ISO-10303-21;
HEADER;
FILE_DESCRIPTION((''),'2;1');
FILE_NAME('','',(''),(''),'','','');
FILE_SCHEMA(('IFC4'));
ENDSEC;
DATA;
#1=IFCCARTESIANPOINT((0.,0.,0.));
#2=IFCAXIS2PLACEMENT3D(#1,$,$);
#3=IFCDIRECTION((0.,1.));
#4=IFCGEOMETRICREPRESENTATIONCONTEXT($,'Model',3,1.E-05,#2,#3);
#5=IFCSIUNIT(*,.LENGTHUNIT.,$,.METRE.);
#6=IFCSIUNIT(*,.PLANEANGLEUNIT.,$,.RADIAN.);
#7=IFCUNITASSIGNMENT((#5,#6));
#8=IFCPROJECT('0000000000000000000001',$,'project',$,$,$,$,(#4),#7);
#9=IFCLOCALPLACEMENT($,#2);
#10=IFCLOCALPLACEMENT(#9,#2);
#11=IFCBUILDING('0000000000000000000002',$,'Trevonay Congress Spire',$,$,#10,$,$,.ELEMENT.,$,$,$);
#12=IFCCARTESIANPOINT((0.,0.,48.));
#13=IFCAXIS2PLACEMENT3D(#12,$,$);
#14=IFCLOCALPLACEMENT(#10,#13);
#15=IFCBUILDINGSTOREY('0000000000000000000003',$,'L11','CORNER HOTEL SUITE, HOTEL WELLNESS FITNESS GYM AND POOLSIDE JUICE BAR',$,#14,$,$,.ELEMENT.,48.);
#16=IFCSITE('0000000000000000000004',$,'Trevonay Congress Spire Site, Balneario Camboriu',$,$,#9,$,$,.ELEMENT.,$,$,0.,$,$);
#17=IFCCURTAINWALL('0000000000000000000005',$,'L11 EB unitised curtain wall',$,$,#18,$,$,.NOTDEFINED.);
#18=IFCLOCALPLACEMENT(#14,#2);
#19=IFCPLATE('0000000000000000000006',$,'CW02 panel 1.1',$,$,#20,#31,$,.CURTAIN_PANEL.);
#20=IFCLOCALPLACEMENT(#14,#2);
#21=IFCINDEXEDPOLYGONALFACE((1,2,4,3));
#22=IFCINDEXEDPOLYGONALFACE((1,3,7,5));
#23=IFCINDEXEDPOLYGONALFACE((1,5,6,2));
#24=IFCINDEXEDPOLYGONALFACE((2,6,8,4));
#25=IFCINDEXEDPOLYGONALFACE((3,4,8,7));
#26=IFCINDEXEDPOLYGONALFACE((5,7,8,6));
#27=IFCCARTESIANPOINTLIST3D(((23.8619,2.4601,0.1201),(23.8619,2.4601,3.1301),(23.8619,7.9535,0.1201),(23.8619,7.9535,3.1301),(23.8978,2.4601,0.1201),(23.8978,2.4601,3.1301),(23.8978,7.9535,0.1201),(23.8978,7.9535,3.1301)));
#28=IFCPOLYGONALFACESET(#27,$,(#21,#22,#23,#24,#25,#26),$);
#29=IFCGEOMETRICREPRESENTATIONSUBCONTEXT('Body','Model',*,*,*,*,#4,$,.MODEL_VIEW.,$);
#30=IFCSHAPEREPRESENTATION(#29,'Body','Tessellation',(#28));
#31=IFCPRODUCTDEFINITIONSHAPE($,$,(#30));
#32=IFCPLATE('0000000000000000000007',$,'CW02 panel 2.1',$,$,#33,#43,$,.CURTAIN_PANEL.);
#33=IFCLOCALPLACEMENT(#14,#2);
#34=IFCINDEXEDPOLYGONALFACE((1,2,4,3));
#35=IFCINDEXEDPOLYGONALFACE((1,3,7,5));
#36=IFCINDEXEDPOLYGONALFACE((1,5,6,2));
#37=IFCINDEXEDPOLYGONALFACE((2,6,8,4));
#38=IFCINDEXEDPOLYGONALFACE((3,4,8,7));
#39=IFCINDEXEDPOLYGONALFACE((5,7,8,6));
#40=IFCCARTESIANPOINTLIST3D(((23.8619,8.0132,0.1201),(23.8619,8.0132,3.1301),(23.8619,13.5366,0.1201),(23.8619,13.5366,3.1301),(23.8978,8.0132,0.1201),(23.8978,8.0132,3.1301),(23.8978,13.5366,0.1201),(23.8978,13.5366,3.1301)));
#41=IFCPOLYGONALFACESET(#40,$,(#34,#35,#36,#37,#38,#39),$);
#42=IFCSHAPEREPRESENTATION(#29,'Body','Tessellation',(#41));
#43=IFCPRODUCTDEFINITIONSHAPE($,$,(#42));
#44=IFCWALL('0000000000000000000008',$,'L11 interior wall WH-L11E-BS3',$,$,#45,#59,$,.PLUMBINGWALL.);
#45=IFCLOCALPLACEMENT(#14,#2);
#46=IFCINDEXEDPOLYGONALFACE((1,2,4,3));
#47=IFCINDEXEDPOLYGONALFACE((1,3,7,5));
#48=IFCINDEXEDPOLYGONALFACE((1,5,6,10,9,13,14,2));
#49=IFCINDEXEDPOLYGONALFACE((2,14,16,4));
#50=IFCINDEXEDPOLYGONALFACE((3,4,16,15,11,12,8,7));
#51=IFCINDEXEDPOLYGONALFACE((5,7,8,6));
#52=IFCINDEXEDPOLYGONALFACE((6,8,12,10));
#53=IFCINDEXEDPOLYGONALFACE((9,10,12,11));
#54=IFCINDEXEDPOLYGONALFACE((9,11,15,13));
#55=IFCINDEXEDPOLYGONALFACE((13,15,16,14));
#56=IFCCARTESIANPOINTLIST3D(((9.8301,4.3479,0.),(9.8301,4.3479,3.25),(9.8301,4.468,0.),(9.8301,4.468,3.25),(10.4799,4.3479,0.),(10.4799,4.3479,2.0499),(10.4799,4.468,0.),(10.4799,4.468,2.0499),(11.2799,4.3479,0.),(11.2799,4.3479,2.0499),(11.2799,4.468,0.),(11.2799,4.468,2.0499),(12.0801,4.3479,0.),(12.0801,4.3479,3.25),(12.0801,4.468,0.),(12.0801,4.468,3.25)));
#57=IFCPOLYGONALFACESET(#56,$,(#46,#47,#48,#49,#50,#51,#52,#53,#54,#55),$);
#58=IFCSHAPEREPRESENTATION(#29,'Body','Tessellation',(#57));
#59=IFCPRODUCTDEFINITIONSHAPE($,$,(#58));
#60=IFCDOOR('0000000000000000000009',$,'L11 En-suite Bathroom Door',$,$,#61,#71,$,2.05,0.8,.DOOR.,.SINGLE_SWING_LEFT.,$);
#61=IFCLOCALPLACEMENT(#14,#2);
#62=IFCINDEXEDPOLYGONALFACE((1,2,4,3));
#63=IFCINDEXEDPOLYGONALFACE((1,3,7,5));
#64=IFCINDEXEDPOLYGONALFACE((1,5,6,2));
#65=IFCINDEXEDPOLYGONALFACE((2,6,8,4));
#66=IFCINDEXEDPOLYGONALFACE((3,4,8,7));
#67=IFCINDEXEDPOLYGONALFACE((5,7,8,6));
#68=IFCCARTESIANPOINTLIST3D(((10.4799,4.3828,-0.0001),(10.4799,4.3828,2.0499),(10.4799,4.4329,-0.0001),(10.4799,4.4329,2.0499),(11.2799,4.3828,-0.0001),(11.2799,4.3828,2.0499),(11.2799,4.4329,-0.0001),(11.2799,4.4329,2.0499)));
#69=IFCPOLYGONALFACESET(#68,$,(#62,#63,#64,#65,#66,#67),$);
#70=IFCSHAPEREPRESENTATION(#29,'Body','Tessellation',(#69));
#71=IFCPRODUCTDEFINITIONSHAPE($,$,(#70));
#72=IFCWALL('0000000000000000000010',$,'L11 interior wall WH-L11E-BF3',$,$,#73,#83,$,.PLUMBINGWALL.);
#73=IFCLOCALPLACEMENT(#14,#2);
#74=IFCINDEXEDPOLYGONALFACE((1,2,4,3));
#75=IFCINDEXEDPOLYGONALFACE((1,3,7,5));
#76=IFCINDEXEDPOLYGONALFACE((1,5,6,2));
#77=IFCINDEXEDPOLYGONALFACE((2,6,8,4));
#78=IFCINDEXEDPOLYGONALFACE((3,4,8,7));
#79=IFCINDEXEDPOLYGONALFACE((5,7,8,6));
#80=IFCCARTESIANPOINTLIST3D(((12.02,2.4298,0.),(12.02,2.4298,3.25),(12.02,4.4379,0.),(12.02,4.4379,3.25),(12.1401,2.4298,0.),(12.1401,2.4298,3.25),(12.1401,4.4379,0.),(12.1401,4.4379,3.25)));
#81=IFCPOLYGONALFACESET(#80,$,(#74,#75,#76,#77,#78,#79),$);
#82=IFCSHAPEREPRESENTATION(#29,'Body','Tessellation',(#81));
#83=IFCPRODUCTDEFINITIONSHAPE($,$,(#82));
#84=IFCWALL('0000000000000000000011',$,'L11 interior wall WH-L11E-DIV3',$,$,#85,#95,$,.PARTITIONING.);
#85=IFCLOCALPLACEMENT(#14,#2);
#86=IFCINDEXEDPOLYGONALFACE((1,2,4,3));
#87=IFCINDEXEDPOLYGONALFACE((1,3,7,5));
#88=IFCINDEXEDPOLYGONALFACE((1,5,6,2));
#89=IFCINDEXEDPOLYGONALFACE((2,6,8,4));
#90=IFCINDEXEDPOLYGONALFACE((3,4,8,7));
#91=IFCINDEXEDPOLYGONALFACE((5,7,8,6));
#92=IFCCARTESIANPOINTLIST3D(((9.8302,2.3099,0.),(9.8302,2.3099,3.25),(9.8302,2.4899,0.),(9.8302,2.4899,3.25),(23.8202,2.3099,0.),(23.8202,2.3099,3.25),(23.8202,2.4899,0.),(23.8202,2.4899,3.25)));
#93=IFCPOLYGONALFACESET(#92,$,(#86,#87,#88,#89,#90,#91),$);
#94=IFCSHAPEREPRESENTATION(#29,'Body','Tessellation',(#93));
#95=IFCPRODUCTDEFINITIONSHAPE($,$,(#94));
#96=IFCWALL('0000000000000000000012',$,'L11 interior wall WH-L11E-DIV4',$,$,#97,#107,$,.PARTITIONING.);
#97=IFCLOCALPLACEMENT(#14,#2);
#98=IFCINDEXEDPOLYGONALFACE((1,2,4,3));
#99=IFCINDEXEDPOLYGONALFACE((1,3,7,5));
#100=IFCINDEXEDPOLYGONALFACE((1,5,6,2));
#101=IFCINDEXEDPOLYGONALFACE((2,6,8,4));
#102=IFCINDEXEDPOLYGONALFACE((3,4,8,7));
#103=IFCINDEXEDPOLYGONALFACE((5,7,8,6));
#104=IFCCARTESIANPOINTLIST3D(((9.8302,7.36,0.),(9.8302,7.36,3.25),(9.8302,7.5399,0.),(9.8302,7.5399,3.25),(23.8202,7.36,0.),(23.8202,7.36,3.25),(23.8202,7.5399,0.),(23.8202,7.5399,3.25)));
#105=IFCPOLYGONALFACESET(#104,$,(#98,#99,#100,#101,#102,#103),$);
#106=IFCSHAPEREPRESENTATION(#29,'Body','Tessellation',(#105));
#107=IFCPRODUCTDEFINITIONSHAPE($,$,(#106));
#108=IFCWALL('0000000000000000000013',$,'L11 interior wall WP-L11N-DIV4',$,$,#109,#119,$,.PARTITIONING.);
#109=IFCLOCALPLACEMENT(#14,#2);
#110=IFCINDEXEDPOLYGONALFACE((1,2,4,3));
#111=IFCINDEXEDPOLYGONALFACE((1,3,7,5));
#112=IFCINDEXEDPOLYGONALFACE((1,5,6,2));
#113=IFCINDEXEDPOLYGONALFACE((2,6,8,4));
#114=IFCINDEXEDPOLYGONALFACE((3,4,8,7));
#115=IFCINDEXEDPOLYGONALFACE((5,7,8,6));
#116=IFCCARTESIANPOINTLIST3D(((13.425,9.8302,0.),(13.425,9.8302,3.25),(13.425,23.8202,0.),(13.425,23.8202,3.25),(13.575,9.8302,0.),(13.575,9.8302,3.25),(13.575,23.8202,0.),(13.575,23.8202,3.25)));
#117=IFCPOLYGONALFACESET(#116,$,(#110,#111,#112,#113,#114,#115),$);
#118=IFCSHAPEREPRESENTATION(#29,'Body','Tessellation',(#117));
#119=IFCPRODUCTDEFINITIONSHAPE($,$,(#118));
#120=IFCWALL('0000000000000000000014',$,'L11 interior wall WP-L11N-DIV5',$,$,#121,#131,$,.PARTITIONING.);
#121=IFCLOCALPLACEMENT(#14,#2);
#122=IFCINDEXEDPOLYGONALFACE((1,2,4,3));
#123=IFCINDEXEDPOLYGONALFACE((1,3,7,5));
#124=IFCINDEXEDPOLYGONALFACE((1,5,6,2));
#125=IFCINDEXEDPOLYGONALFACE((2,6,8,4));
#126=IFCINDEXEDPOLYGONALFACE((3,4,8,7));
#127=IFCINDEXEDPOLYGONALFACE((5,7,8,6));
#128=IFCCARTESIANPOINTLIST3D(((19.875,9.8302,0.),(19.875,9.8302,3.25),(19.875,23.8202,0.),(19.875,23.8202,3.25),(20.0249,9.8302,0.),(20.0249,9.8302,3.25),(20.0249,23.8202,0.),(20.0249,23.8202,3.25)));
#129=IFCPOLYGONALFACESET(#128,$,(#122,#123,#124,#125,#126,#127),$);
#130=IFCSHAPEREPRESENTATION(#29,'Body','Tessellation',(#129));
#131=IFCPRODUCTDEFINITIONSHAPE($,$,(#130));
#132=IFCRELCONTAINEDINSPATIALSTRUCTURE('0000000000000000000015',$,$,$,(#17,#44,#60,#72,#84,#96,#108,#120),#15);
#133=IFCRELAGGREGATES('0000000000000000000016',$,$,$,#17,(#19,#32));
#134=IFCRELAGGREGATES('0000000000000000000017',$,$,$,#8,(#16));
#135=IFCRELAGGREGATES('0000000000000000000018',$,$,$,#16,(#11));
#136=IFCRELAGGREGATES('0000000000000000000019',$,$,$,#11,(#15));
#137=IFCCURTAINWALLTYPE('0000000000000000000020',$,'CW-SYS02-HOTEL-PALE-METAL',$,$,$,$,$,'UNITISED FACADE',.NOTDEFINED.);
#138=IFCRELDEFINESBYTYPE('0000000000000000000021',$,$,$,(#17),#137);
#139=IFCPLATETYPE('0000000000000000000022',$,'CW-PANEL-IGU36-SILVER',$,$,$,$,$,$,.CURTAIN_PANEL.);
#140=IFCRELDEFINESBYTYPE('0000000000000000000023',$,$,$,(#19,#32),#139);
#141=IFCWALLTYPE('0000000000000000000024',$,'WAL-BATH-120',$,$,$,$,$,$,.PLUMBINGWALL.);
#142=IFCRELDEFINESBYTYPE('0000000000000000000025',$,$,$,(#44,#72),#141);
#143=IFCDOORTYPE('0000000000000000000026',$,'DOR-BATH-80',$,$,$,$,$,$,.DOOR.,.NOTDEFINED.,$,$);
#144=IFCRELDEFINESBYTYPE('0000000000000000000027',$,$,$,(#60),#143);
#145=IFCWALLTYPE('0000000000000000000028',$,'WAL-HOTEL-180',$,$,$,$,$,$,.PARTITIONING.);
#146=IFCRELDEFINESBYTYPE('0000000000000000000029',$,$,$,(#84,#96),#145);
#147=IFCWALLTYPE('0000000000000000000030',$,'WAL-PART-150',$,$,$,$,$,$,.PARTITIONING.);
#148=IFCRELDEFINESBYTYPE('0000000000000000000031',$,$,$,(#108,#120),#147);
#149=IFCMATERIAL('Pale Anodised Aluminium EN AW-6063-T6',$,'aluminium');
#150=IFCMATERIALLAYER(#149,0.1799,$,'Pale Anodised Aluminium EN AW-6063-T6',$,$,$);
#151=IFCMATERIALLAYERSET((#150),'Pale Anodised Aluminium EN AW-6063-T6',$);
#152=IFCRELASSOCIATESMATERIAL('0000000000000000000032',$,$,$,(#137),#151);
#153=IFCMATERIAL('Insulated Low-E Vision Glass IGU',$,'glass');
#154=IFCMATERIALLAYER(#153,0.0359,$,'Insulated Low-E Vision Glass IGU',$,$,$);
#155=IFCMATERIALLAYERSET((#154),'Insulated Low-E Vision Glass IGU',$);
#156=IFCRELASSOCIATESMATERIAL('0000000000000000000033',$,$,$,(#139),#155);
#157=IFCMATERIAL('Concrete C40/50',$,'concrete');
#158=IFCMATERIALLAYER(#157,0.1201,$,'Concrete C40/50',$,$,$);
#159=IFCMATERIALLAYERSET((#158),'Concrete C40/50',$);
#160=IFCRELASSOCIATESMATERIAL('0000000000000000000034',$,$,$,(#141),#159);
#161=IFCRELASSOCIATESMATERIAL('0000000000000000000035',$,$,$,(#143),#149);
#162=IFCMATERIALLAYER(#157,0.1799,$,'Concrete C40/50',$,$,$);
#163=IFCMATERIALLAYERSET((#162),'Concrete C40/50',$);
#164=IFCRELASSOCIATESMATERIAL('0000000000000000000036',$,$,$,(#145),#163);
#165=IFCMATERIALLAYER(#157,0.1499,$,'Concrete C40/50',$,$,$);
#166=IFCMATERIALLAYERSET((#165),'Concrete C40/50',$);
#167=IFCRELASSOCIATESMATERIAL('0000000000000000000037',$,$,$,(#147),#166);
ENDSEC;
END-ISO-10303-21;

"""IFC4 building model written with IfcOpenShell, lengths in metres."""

from ifc_helpers import new_model, si_unit, direction, frame, frame_2d, origin, origin_2d, place, context, subcontext, project, spatial, rectangle, extrude, material, layer, layer_set, type_object, element, fill, aggregate, save


model = new_model("IFC4")

# Units and contexts
model_context = context("Model", 3, precision=1e-05, world=origin(), true_north=direction((0.0, 1.0)))
body_context = subcontext(model_context, "Body", "Model", "MODEL_VIEW")
ifc_project = project(units=[si_unit("LENGTHUNIT", "METRE"), si_unit("PLANEANGLEUNIT", "RADIAN")], contexts=[model_context])

# Site, building, storey
site_placement = place(None, origin())
site = spatial("IfcSite", under=ifc_project, at=site_placement, Name="Trevonay Congress Spire Site, Balneario Camboriu", CompositionType="ELEMENT", RefElevation=0.0)
building_placement = place(site_placement, origin())
building = spatial("IfcBuilding", under=site, at=building_placement, Name="Trevonay Congress Spire", CompositionType="ELEMENT")
storey_placement = place(building_placement, frame((0.0, 0.0, 48.0)))
storey = spatial("IfcBuildingStorey", under=building, at=storey_placement, Name="L11", Description="CORNER HOTEL SUITE, HOTEL WELLNESS FITNESS GYM AND POOLSIDE JUICE BAR", CompositionType="ELEMENT", Elevation=48.0)

# Curtain wall
ifc_material_1 = material(Name="Pale Anodised Aluminium EN AW-6063-T6", Category="aluminium")
ifc_layer_1 = layer(ifc_material_1, 0.1799, Name="Pale Anodised Aluminium EN AW-6063-T6")
ifc_layer_set_1 = layer_set([ifc_layer_1], Name="Pale Anodised Aluminium EN AW-6063-T6")
curtain_wall_type = type_object("IfcCurtainWallType", Name="CW-SYS02-HOTEL-PALE-METAL", ElementType="UNITISED FACADE", PredefinedType="NOTDEFINED", material=ifc_layer_set_1)
curtain_wall_placement = place(storey_placement, origin())
curtain_wall = element("IfcCurtainWall", 1, at=curtain_wall_placement, inside=storey, type_object=curtain_wall_type, Name="L11 EB unitised curtain wall", PredefinedType="NOTDEFINED")

# Plates
ifc_material_2 = material(Name="Insulated Low-E Vision Glass IGU", Category="glass")
ifc_layer_2 = layer(ifc_material_2, 0.0359, Name="Insulated Low-E Vision Glass IGU")
ifc_layer_set_2 = layer_set([ifc_layer_2], Name="Insulated Low-E Vision Glass IGU")
plate_type = type_object("IfcPlateType", Name="CW-PANEL-IGU36-SILVER", PredefinedType="CURTAIN_PANEL", material=ifc_layer_set_2)
plate_1_placement = place(storey_placement, frame((23.8799, 5.2068, 0.1201), z_axis=(0.0, 0.0, 1.0), x_axis=(0.0, 1.0, 0.0)))
plate_1 = element("IfcPlate", 2, at=plate_1_placement, type_object=plate_type, Name="CW02 panel 1.1", PredefinedType="CURTAIN_PANEL", context=body_context, shape_type="SweptSolid", body=[
    extrude(rectangle(XDim=5.4934, YDim=0.0359, at=origin_2d()), origin(), (0.0, 0.0, 1.0), 3.01),
])
plate_2_placement = place(storey_placement, frame((23.8799, 10.7749, 0.1201), z_axis=(0.0, 0.0, 1.0), x_axis=(0.0, 1.0, 0.0)))
plate_2 = element("IfcPlate", 3, at=plate_2_placement, type_object=plate_type, Name="CW02 panel 2.1", PredefinedType="CURTAIN_PANEL", context=body_context, shape_type="SweptSolid", body=[
    extrude(rectangle(XDim=5.5234, YDim=0.0359, at=origin_2d()), origin(), (0.0, 0.0, 1.0), 3.01),
])
aggregate(curtain_wall, [plate_1, plate_2])

# Wall, opening, door
ifc_material_3 = material(Name="Concrete C40/50", Category="concrete")
ifc_layer_3 = layer(ifc_material_3, 0.1201, Name="Concrete C40/50")
ifc_layer_set_3 = layer_set([ifc_layer_3], Name="Concrete C40/50")
wall_type_1 = type_object("IfcWallType", Name="WAL-BATH-120", PredefinedType="PLUMBINGWALL", material=ifc_layer_set_3)
wall_1_placement = place(storey_placement, frame((9.8301, 4.408, 0.0), z_axis=(0.0, 0.0, 1.0), x_axis=(1.0, 0.0, 0.0)))
wall_1 = element("IfcWall", 4, at=wall_1_placement, inside=storey, type_object=wall_type_1, Name="L11 interior wall WH-L11E-BS3", PredefinedType="PLUMBINGWALL", context=body_context, shape_type="SweptSolid", body=[
    extrude(rectangle(XDim=2.25, YDim=0.1201, at=frame_2d((1.125, 0.0))), origin(), (0.0, 0.0, 1.0), 3.25),
])
opening_placement = place(wall_1_placement, frame((0.6499, 0.0, 0.0)))
opening = element("IfcOpeningElement", 5, at=opening_placement, cuts=wall_1, PredefinedType="OPENING", context=body_context, shape_type="SweptSolid", body=[
    extrude(rectangle(XDim=0.8, YDim=2.05, at=frame_2d((0.3999, 1.0249))), frame((0.0, 0.0701, 0.0), z_axis=(0.0, -1.0, 0.0), x_axis=(1.0, 0.0, 0.0)), (0.0, 0.0, 1.0), 0.1401),
])
door_type = type_object("IfcDoorType", Name="DOR-BATH-80", OperationType="NOTDEFINED", PredefinedType="DOOR", material=ifc_material_1)
door_placement = place(opening_placement, origin())
door = element("IfcDoor", 6, at=door_placement, inside=storey, type_object=door_type, Name="L11 En-suite Bathroom Door", OperationType="SINGLE_SWING_LEFT", OverallHeight=2.05, OverallWidth=0.8, PredefinedType="DOOR", context=body_context, shape_type="SweptSolid", body=[
    extrude(rectangle(XDim=0.8, YDim=2.05, at=frame_2d((0.3999, 1.0249))), frame((0.0, 0.0249, 0.0), z_axis=(0.0, -1.0, 0.0), x_axis=(1.0, 0.0, 0.0)), (0.0, 0.0, 1.0), 0.05),
])
fill(opening, door)

# Walls
wall_2_placement = place(storey_placement, frame((12.0801, 2.4299, 0.0), z_axis=(0.0, 0.0, 1.0), x_axis=(0.0, 1.0, 0.0)))
element("IfcWall", 7, at=wall_2_placement, inside=storey, type_object=wall_type_1, Name="L11 interior wall WH-L11E-BF3", PredefinedType="PLUMBINGWALL", context=body_context, shape_type="SweptSolid", body=[
    extrude(rectangle(XDim=2.0081, YDim=0.1201, at=frame_2d((1.0039, 0.0))), origin(), (0.0, 0.0, 1.0), 3.25),
])
ifc_layer_4 = layer(ifc_material_3, 0.1799, Name="Concrete C40/50")
ifc_layer_set_4 = layer_set([ifc_layer_4], Name="Concrete C40/50")
wall_type_2 = type_object("IfcWallType", Name="WAL-HOTEL-180", PredefinedType="PARTITIONING", material=ifc_layer_set_4)
for number, where, z_axis, x_axis, name in (
    (8, (9.8301, 2.3999, 0.0), (0.0, 0.0, 1.0), (1.0, 0.0, 0.0), "L11 interior wall WH-L11E-DIV3"),
    (9, (9.8301, 7.45, 0.0), (0.0, 0.0, 1.0), (1.0, 0.0, 0.0), "L11 interior wall WH-L11E-DIV4"),
):
    element("IfcWall", number, at=place(storey_placement, frame(where, z_axis=z_axis, x_axis=x_axis)), inside=storey, type_object=wall_type_2, Name=name, PredefinedType="PARTITIONING", context=body_context, shape_type="SweptSolid", body=[
        extrude(rectangle(XDim=13.99, YDim=0.1799, at=frame_2d((6.9951, 0.0))), origin(), (0.0, 0.0, 1.0), 3.25),
    ])
ifc_layer_5 = layer(ifc_material_3, 0.1499, Name="Concrete C40/50")
ifc_layer_set_5 = layer_set([ifc_layer_5], Name="Concrete C40/50")
wall_type_3 = type_object("IfcWallType", Name="WAL-PART-150", PredefinedType="PARTITIONING", material=ifc_layer_set_5)
for number, where, z_axis, x_axis, name in (
    (10, (13.5, 9.8301, 0.0), (0.0, 0.0, 1.0), (0.0, 1.0, 0.0), "L11 interior wall WP-L11N-DIV4"),
    (11, (19.95, 9.8301, 0.0), (0.0, 0.0, 1.0), (0.0, 1.0, 0.0), "L11 interior wall WP-L11N-DIV5"),
):
    element("IfcWall", number, at=place(storey_placement, frame(where, z_axis=z_axis, x_axis=x_axis)), inside=storey, type_object=wall_type_3, Name=name, PredefinedType="PARTITIONING", context=body_context, shape_type="SweptSolid", body=[
        extrude(rectangle(XDim=13.99, YDim=0.1499, at=frame_2d((6.9951, 0.0))), origin(), (0.0, 0.0, 1.0), 3.25),
    ])

save(model, "model.ifc")
